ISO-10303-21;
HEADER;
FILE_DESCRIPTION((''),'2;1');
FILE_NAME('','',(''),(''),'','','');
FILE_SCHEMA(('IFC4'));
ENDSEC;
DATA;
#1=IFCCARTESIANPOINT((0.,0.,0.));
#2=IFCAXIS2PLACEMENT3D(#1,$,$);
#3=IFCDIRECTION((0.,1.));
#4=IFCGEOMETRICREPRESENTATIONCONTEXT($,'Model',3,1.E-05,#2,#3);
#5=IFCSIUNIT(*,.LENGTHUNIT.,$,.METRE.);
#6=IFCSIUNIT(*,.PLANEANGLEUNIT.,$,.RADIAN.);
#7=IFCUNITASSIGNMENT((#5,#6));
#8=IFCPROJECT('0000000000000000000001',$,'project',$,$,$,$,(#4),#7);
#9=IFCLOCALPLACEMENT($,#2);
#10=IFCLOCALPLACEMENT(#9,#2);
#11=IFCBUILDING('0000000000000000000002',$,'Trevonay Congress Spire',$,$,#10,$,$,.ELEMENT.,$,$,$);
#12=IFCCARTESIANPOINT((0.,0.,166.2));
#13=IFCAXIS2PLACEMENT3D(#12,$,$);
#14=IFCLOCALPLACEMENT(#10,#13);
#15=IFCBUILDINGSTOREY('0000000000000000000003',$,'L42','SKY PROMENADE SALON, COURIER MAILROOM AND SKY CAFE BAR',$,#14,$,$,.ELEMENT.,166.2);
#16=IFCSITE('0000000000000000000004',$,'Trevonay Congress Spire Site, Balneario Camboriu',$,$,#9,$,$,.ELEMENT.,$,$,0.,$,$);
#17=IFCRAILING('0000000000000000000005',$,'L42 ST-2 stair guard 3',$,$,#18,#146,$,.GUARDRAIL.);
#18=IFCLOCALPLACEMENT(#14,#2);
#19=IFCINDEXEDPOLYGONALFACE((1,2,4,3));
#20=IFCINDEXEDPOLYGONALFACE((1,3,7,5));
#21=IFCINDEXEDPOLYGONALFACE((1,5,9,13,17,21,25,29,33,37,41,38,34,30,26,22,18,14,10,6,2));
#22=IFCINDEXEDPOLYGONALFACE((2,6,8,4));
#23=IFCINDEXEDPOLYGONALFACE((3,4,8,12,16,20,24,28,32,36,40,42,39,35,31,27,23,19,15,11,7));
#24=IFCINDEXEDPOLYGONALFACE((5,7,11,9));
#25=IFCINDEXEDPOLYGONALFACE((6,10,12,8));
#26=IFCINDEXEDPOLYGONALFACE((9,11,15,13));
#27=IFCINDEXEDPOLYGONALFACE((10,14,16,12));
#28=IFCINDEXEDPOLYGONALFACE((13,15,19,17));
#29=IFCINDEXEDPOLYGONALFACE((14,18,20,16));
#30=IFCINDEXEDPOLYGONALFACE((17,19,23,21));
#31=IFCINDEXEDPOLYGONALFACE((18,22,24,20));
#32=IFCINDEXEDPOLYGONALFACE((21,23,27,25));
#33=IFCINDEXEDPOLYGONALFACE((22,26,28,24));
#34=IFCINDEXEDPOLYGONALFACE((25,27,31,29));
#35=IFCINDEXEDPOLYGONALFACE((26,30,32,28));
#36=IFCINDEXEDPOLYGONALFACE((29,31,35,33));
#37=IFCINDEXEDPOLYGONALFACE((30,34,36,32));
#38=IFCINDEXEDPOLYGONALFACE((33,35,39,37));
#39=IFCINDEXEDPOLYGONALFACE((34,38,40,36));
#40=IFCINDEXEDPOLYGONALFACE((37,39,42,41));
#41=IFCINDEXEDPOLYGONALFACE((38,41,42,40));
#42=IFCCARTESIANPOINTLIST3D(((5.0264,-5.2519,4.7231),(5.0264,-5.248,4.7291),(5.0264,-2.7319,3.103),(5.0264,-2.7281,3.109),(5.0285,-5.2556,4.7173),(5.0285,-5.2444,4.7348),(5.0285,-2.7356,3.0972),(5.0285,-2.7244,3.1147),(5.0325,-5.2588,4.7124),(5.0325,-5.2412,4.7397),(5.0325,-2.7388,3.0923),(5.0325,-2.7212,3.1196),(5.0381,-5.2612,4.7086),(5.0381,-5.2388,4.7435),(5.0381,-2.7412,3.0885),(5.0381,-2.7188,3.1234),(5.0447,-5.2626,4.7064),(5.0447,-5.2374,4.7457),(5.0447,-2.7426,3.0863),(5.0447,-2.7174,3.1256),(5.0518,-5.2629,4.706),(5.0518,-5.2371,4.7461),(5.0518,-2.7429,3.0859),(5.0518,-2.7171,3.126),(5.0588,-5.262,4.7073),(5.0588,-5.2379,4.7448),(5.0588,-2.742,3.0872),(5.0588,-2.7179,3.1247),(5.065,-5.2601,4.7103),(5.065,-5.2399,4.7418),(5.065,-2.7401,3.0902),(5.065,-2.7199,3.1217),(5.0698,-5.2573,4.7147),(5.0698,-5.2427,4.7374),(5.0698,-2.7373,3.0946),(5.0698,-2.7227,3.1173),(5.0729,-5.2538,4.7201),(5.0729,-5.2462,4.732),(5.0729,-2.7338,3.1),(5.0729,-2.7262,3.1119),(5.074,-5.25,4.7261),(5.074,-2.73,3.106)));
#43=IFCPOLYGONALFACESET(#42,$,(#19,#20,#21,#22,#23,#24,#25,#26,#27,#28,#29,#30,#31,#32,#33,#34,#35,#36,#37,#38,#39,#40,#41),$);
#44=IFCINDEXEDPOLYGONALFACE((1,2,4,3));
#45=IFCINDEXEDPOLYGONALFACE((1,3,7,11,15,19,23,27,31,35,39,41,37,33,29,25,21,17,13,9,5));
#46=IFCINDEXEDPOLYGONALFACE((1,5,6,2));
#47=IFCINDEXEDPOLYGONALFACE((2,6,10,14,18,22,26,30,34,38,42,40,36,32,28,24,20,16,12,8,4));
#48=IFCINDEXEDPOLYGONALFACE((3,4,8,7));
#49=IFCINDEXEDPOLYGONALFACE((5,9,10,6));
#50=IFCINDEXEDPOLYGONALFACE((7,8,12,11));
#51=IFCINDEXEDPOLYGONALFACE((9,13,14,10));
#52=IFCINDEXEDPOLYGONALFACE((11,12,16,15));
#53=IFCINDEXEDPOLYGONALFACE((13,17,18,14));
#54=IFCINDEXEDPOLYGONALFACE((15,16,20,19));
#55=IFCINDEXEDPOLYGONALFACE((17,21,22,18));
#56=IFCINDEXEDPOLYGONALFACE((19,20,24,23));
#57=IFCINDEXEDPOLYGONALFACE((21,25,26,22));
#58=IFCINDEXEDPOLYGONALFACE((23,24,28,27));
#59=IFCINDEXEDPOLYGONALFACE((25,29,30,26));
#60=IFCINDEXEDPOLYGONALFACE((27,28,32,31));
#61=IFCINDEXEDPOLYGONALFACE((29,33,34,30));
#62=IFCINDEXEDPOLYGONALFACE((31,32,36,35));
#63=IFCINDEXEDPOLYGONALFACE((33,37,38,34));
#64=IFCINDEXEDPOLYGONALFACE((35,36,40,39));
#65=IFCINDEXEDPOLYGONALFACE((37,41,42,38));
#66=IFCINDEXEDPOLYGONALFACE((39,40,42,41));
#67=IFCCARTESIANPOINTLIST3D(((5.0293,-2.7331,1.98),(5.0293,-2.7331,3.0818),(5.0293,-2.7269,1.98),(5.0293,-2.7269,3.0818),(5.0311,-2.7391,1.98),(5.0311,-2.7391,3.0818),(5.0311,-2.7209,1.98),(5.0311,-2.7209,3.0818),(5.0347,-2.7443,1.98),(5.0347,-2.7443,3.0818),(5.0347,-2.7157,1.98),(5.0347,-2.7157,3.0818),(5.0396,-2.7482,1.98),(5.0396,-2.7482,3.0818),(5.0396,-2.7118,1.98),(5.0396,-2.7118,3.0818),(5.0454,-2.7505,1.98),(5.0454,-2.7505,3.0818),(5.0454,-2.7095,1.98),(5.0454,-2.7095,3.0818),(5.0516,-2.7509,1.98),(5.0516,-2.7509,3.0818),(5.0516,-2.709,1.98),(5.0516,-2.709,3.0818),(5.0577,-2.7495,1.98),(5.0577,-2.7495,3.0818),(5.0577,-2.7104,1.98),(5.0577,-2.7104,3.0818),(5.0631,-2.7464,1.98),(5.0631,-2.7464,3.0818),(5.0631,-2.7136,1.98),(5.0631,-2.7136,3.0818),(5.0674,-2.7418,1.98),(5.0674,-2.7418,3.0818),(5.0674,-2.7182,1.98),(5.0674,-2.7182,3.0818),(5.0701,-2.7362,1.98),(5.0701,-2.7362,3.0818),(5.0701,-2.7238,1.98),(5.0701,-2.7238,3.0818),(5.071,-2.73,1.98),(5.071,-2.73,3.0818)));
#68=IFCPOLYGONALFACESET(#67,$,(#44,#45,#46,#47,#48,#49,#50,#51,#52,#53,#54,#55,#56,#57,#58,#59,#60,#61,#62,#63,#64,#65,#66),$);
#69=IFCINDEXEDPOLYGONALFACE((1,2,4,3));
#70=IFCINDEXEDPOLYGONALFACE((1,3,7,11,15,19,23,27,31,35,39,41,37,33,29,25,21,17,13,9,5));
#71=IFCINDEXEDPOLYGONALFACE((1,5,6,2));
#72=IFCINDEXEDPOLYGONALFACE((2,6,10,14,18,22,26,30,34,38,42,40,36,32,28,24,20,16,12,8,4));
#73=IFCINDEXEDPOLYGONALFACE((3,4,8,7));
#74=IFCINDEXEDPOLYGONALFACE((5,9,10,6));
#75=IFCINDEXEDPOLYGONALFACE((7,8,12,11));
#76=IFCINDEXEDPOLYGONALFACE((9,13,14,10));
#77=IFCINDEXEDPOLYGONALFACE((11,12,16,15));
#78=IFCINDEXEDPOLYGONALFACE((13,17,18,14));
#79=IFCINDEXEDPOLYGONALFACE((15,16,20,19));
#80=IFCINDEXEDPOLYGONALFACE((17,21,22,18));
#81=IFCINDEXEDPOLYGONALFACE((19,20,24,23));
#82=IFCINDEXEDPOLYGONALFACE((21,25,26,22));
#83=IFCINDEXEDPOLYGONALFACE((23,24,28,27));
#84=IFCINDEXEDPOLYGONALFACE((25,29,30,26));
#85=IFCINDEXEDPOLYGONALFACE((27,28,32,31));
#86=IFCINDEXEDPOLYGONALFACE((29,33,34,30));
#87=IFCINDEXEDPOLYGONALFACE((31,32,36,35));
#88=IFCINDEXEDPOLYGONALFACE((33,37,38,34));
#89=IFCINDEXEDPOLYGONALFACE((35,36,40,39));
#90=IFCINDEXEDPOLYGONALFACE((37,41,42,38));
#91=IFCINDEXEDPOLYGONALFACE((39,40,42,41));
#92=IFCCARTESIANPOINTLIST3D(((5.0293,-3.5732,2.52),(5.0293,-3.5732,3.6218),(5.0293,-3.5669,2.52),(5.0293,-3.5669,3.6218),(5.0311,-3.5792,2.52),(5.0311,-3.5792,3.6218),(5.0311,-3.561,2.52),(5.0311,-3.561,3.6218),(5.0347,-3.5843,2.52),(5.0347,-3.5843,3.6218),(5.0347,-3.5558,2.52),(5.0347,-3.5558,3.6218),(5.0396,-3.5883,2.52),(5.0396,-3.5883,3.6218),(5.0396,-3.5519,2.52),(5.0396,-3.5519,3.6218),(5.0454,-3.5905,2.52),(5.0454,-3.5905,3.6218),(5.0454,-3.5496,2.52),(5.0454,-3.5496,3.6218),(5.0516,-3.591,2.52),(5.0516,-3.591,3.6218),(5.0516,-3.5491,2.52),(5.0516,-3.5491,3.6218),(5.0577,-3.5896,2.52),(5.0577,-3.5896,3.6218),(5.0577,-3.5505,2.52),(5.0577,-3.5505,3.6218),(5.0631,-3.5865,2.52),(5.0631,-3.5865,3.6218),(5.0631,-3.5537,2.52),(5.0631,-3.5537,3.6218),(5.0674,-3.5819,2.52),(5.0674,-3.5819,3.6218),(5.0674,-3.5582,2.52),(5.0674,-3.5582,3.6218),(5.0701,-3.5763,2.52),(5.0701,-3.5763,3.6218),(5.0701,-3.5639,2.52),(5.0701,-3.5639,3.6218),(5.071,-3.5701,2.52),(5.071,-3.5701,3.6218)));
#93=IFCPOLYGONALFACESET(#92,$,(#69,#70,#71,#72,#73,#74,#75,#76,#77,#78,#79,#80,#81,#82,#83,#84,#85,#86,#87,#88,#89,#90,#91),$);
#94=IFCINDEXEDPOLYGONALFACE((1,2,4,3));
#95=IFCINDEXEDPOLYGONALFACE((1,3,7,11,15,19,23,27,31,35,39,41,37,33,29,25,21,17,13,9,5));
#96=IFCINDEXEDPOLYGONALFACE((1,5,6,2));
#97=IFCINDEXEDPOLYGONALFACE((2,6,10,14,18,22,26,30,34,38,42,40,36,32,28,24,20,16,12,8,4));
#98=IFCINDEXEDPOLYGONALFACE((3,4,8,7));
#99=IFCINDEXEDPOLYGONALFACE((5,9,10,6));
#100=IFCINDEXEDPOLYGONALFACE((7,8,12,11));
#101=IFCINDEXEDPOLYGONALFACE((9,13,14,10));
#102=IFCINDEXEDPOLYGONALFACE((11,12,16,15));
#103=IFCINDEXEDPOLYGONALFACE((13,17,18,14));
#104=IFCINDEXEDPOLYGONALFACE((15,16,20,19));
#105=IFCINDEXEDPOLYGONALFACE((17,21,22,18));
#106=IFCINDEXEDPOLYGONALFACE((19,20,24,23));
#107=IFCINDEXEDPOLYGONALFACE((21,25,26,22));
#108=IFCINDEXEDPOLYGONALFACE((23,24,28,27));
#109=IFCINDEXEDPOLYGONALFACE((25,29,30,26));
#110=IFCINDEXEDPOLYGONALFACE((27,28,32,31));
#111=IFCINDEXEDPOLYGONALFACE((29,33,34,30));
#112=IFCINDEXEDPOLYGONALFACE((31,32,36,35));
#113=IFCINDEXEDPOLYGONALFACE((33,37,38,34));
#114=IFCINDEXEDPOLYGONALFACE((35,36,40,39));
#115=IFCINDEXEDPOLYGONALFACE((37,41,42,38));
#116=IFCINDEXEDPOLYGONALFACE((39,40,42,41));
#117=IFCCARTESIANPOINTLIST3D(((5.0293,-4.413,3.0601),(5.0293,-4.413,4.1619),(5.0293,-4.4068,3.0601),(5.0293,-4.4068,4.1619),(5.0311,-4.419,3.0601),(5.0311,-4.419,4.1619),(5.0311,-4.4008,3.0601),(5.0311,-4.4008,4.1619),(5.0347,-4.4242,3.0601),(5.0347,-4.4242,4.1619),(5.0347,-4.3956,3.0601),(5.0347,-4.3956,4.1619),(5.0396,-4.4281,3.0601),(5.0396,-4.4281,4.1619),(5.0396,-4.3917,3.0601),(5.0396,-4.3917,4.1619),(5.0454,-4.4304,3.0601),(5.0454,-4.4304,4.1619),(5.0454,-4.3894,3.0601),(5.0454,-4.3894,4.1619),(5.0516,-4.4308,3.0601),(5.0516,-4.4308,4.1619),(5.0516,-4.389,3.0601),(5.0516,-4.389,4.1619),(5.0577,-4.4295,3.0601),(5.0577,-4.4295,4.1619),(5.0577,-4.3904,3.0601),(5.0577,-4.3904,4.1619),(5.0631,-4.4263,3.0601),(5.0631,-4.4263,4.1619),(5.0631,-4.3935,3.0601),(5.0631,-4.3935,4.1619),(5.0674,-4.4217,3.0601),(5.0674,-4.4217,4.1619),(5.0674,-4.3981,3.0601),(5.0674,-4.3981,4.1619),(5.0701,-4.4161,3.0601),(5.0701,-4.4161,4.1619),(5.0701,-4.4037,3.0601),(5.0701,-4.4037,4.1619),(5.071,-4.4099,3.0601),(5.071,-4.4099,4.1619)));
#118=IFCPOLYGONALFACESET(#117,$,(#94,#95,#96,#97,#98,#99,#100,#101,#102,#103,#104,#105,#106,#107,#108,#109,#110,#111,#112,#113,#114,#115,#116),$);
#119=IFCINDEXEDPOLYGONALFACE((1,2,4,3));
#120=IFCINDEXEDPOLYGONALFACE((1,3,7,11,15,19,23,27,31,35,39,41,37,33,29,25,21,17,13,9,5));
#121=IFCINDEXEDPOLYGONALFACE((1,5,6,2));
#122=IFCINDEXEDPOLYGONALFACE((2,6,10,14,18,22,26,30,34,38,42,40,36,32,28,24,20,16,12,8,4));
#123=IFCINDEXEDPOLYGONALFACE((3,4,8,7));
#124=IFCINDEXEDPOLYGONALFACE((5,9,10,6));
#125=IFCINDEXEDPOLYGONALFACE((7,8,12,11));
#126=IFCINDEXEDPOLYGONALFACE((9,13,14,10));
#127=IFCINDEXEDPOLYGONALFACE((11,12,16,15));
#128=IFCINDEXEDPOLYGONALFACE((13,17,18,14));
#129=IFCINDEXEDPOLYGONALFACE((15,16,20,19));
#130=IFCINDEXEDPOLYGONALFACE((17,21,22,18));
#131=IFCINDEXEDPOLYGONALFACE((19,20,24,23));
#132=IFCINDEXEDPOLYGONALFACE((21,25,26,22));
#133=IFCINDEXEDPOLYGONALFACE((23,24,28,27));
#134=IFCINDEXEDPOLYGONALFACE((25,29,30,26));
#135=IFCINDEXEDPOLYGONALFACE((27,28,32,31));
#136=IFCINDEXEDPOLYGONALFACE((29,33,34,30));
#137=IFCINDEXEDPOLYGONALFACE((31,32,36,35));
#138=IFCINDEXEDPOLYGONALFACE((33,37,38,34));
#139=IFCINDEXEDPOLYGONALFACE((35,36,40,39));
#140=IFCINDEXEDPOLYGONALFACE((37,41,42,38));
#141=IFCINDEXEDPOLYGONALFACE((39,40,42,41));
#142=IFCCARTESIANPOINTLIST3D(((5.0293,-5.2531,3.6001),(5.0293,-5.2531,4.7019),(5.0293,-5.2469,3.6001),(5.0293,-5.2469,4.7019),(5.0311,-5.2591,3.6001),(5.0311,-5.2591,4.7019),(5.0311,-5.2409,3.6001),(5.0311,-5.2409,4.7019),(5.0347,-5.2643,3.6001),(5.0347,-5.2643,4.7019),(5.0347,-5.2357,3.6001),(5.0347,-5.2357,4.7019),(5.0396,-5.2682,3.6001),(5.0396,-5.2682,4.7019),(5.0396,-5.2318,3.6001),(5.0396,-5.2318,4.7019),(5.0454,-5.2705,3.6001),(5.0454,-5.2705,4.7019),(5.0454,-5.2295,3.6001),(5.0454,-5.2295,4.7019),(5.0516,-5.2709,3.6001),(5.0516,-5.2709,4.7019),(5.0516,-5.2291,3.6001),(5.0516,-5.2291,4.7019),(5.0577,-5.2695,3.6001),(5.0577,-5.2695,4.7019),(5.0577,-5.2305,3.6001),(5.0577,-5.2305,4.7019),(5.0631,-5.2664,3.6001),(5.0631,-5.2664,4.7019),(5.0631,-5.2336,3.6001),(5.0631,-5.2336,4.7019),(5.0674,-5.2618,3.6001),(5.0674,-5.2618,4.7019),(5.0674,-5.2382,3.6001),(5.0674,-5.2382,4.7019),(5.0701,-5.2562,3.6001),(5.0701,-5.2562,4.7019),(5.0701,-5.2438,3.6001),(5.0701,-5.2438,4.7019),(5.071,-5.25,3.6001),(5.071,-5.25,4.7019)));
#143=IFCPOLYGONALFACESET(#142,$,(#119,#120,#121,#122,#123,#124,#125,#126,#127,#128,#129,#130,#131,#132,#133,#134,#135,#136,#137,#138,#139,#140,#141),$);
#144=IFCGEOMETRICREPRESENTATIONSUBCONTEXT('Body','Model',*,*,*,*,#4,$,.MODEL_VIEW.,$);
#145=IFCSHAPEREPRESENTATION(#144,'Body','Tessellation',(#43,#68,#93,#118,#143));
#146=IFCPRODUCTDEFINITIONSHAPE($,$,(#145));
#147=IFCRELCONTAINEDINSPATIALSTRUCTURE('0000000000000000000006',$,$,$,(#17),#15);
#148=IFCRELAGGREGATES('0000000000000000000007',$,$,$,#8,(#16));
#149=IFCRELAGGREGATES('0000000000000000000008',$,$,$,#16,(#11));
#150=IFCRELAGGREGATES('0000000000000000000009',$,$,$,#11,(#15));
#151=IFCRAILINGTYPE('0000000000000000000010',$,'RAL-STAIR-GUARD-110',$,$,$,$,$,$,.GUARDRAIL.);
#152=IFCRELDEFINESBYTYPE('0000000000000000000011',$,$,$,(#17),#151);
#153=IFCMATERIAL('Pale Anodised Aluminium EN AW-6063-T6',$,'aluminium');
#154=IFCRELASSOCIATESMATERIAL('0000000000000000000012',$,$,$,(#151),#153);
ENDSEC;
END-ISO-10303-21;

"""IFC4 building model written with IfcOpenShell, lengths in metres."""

from ifc_helpers import new_model, si_unit, direction, frame, origin, origin_2d, place, context, subcontext, project, spatial, circle, extrude, material, type_object, element, save


model = new_model("IFC4")

# Units and contexts
model_context = context("Model", 3, precision=1e-05, world=origin(), true_north=direction((0.0, 1.0)))
body_context = subcontext(model_context, "Body", "Model", "MODEL_VIEW")
ifc_project = project(units=[si_unit("LENGTHUNIT", "METRE"), si_unit("PLANEANGLEUNIT", "RADIAN")], contexts=[model_context])

# Site, building, storey
site_placement = place(None, origin())
site = spatial("IfcSite", under=ifc_project, at=site_placement, Name="Trevonay Congress Spire Site, Balneario Camboriu", CompositionType="ELEMENT", RefElevation=0.0)
building_placement = place(site_placement, origin())
building = spatial("IfcBuilding", under=site, at=building_placement, Name="Trevonay Congress Spire", CompositionType="ELEMENT")
storey_placement = place(building_placement, frame((0.0, 0.0, 166.2)))
storey = spatial("IfcBuildingStorey", under=building, at=storey_placement, Name="L42", Description="SKY PROMENADE SALON, COURIER MAILROOM AND SKY CAFE BAR", CompositionType="ELEMENT", Elevation=166.2)

# Shared definitions
ifc_material_1 = material(Name="Pale Anodised Aluminium EN AW-6063-T6", Category="aluminium")

# Railing
railing_type_1 = type_object("IfcRailingType", Name="RAL-STAIR-GUARD-110", PredefinedType="GUARDRAIL", material=ifc_material_1)
railing_1_placement = place(storey_placement, frame((5.05, -2.73, 1.98)))
element("IfcRailing", 1, at=railing_1_placement, inside=storey, type_object=railing_type_1, Name="L42 ST-2 stair guard 3", PredefinedType="GUARDRAIL", context=body_context, shape_type="SweptSolid", body=[
    extrude(circle(Radius=0.0239, at=origin_2d()), frame((0.0, 0.0, 1.126), z_axis=(0.0, -0.841163, 0.540782), x_axis=(1.0, 0.0, 0.0)), (0.0, 0.0, 1.0), 2.9958),
    extrude(circle(Radius=0.021, at=origin_2d()), origin(), (0.0, 0.0, 1.0), 1.1018),
    extrude(circle(Radius=0.021, at=origin_2d()), frame((0.0, -0.8401, 0.54)), (0.0, 0.0, 1.0), 1.1018),
    extrude(circle(Radius=0.021, at=origin_2d()), frame((0.0, -1.6799, 1.0801)), (0.0, 0.0, 1.0), 1.1018),
    extrude(circle(Radius=0.021, at=origin_2d()), frame((0.0, -2.52, 1.6201)), (0.0, 0.0, 1.0), 1.1018),
])

save(model, "model.ifc")
